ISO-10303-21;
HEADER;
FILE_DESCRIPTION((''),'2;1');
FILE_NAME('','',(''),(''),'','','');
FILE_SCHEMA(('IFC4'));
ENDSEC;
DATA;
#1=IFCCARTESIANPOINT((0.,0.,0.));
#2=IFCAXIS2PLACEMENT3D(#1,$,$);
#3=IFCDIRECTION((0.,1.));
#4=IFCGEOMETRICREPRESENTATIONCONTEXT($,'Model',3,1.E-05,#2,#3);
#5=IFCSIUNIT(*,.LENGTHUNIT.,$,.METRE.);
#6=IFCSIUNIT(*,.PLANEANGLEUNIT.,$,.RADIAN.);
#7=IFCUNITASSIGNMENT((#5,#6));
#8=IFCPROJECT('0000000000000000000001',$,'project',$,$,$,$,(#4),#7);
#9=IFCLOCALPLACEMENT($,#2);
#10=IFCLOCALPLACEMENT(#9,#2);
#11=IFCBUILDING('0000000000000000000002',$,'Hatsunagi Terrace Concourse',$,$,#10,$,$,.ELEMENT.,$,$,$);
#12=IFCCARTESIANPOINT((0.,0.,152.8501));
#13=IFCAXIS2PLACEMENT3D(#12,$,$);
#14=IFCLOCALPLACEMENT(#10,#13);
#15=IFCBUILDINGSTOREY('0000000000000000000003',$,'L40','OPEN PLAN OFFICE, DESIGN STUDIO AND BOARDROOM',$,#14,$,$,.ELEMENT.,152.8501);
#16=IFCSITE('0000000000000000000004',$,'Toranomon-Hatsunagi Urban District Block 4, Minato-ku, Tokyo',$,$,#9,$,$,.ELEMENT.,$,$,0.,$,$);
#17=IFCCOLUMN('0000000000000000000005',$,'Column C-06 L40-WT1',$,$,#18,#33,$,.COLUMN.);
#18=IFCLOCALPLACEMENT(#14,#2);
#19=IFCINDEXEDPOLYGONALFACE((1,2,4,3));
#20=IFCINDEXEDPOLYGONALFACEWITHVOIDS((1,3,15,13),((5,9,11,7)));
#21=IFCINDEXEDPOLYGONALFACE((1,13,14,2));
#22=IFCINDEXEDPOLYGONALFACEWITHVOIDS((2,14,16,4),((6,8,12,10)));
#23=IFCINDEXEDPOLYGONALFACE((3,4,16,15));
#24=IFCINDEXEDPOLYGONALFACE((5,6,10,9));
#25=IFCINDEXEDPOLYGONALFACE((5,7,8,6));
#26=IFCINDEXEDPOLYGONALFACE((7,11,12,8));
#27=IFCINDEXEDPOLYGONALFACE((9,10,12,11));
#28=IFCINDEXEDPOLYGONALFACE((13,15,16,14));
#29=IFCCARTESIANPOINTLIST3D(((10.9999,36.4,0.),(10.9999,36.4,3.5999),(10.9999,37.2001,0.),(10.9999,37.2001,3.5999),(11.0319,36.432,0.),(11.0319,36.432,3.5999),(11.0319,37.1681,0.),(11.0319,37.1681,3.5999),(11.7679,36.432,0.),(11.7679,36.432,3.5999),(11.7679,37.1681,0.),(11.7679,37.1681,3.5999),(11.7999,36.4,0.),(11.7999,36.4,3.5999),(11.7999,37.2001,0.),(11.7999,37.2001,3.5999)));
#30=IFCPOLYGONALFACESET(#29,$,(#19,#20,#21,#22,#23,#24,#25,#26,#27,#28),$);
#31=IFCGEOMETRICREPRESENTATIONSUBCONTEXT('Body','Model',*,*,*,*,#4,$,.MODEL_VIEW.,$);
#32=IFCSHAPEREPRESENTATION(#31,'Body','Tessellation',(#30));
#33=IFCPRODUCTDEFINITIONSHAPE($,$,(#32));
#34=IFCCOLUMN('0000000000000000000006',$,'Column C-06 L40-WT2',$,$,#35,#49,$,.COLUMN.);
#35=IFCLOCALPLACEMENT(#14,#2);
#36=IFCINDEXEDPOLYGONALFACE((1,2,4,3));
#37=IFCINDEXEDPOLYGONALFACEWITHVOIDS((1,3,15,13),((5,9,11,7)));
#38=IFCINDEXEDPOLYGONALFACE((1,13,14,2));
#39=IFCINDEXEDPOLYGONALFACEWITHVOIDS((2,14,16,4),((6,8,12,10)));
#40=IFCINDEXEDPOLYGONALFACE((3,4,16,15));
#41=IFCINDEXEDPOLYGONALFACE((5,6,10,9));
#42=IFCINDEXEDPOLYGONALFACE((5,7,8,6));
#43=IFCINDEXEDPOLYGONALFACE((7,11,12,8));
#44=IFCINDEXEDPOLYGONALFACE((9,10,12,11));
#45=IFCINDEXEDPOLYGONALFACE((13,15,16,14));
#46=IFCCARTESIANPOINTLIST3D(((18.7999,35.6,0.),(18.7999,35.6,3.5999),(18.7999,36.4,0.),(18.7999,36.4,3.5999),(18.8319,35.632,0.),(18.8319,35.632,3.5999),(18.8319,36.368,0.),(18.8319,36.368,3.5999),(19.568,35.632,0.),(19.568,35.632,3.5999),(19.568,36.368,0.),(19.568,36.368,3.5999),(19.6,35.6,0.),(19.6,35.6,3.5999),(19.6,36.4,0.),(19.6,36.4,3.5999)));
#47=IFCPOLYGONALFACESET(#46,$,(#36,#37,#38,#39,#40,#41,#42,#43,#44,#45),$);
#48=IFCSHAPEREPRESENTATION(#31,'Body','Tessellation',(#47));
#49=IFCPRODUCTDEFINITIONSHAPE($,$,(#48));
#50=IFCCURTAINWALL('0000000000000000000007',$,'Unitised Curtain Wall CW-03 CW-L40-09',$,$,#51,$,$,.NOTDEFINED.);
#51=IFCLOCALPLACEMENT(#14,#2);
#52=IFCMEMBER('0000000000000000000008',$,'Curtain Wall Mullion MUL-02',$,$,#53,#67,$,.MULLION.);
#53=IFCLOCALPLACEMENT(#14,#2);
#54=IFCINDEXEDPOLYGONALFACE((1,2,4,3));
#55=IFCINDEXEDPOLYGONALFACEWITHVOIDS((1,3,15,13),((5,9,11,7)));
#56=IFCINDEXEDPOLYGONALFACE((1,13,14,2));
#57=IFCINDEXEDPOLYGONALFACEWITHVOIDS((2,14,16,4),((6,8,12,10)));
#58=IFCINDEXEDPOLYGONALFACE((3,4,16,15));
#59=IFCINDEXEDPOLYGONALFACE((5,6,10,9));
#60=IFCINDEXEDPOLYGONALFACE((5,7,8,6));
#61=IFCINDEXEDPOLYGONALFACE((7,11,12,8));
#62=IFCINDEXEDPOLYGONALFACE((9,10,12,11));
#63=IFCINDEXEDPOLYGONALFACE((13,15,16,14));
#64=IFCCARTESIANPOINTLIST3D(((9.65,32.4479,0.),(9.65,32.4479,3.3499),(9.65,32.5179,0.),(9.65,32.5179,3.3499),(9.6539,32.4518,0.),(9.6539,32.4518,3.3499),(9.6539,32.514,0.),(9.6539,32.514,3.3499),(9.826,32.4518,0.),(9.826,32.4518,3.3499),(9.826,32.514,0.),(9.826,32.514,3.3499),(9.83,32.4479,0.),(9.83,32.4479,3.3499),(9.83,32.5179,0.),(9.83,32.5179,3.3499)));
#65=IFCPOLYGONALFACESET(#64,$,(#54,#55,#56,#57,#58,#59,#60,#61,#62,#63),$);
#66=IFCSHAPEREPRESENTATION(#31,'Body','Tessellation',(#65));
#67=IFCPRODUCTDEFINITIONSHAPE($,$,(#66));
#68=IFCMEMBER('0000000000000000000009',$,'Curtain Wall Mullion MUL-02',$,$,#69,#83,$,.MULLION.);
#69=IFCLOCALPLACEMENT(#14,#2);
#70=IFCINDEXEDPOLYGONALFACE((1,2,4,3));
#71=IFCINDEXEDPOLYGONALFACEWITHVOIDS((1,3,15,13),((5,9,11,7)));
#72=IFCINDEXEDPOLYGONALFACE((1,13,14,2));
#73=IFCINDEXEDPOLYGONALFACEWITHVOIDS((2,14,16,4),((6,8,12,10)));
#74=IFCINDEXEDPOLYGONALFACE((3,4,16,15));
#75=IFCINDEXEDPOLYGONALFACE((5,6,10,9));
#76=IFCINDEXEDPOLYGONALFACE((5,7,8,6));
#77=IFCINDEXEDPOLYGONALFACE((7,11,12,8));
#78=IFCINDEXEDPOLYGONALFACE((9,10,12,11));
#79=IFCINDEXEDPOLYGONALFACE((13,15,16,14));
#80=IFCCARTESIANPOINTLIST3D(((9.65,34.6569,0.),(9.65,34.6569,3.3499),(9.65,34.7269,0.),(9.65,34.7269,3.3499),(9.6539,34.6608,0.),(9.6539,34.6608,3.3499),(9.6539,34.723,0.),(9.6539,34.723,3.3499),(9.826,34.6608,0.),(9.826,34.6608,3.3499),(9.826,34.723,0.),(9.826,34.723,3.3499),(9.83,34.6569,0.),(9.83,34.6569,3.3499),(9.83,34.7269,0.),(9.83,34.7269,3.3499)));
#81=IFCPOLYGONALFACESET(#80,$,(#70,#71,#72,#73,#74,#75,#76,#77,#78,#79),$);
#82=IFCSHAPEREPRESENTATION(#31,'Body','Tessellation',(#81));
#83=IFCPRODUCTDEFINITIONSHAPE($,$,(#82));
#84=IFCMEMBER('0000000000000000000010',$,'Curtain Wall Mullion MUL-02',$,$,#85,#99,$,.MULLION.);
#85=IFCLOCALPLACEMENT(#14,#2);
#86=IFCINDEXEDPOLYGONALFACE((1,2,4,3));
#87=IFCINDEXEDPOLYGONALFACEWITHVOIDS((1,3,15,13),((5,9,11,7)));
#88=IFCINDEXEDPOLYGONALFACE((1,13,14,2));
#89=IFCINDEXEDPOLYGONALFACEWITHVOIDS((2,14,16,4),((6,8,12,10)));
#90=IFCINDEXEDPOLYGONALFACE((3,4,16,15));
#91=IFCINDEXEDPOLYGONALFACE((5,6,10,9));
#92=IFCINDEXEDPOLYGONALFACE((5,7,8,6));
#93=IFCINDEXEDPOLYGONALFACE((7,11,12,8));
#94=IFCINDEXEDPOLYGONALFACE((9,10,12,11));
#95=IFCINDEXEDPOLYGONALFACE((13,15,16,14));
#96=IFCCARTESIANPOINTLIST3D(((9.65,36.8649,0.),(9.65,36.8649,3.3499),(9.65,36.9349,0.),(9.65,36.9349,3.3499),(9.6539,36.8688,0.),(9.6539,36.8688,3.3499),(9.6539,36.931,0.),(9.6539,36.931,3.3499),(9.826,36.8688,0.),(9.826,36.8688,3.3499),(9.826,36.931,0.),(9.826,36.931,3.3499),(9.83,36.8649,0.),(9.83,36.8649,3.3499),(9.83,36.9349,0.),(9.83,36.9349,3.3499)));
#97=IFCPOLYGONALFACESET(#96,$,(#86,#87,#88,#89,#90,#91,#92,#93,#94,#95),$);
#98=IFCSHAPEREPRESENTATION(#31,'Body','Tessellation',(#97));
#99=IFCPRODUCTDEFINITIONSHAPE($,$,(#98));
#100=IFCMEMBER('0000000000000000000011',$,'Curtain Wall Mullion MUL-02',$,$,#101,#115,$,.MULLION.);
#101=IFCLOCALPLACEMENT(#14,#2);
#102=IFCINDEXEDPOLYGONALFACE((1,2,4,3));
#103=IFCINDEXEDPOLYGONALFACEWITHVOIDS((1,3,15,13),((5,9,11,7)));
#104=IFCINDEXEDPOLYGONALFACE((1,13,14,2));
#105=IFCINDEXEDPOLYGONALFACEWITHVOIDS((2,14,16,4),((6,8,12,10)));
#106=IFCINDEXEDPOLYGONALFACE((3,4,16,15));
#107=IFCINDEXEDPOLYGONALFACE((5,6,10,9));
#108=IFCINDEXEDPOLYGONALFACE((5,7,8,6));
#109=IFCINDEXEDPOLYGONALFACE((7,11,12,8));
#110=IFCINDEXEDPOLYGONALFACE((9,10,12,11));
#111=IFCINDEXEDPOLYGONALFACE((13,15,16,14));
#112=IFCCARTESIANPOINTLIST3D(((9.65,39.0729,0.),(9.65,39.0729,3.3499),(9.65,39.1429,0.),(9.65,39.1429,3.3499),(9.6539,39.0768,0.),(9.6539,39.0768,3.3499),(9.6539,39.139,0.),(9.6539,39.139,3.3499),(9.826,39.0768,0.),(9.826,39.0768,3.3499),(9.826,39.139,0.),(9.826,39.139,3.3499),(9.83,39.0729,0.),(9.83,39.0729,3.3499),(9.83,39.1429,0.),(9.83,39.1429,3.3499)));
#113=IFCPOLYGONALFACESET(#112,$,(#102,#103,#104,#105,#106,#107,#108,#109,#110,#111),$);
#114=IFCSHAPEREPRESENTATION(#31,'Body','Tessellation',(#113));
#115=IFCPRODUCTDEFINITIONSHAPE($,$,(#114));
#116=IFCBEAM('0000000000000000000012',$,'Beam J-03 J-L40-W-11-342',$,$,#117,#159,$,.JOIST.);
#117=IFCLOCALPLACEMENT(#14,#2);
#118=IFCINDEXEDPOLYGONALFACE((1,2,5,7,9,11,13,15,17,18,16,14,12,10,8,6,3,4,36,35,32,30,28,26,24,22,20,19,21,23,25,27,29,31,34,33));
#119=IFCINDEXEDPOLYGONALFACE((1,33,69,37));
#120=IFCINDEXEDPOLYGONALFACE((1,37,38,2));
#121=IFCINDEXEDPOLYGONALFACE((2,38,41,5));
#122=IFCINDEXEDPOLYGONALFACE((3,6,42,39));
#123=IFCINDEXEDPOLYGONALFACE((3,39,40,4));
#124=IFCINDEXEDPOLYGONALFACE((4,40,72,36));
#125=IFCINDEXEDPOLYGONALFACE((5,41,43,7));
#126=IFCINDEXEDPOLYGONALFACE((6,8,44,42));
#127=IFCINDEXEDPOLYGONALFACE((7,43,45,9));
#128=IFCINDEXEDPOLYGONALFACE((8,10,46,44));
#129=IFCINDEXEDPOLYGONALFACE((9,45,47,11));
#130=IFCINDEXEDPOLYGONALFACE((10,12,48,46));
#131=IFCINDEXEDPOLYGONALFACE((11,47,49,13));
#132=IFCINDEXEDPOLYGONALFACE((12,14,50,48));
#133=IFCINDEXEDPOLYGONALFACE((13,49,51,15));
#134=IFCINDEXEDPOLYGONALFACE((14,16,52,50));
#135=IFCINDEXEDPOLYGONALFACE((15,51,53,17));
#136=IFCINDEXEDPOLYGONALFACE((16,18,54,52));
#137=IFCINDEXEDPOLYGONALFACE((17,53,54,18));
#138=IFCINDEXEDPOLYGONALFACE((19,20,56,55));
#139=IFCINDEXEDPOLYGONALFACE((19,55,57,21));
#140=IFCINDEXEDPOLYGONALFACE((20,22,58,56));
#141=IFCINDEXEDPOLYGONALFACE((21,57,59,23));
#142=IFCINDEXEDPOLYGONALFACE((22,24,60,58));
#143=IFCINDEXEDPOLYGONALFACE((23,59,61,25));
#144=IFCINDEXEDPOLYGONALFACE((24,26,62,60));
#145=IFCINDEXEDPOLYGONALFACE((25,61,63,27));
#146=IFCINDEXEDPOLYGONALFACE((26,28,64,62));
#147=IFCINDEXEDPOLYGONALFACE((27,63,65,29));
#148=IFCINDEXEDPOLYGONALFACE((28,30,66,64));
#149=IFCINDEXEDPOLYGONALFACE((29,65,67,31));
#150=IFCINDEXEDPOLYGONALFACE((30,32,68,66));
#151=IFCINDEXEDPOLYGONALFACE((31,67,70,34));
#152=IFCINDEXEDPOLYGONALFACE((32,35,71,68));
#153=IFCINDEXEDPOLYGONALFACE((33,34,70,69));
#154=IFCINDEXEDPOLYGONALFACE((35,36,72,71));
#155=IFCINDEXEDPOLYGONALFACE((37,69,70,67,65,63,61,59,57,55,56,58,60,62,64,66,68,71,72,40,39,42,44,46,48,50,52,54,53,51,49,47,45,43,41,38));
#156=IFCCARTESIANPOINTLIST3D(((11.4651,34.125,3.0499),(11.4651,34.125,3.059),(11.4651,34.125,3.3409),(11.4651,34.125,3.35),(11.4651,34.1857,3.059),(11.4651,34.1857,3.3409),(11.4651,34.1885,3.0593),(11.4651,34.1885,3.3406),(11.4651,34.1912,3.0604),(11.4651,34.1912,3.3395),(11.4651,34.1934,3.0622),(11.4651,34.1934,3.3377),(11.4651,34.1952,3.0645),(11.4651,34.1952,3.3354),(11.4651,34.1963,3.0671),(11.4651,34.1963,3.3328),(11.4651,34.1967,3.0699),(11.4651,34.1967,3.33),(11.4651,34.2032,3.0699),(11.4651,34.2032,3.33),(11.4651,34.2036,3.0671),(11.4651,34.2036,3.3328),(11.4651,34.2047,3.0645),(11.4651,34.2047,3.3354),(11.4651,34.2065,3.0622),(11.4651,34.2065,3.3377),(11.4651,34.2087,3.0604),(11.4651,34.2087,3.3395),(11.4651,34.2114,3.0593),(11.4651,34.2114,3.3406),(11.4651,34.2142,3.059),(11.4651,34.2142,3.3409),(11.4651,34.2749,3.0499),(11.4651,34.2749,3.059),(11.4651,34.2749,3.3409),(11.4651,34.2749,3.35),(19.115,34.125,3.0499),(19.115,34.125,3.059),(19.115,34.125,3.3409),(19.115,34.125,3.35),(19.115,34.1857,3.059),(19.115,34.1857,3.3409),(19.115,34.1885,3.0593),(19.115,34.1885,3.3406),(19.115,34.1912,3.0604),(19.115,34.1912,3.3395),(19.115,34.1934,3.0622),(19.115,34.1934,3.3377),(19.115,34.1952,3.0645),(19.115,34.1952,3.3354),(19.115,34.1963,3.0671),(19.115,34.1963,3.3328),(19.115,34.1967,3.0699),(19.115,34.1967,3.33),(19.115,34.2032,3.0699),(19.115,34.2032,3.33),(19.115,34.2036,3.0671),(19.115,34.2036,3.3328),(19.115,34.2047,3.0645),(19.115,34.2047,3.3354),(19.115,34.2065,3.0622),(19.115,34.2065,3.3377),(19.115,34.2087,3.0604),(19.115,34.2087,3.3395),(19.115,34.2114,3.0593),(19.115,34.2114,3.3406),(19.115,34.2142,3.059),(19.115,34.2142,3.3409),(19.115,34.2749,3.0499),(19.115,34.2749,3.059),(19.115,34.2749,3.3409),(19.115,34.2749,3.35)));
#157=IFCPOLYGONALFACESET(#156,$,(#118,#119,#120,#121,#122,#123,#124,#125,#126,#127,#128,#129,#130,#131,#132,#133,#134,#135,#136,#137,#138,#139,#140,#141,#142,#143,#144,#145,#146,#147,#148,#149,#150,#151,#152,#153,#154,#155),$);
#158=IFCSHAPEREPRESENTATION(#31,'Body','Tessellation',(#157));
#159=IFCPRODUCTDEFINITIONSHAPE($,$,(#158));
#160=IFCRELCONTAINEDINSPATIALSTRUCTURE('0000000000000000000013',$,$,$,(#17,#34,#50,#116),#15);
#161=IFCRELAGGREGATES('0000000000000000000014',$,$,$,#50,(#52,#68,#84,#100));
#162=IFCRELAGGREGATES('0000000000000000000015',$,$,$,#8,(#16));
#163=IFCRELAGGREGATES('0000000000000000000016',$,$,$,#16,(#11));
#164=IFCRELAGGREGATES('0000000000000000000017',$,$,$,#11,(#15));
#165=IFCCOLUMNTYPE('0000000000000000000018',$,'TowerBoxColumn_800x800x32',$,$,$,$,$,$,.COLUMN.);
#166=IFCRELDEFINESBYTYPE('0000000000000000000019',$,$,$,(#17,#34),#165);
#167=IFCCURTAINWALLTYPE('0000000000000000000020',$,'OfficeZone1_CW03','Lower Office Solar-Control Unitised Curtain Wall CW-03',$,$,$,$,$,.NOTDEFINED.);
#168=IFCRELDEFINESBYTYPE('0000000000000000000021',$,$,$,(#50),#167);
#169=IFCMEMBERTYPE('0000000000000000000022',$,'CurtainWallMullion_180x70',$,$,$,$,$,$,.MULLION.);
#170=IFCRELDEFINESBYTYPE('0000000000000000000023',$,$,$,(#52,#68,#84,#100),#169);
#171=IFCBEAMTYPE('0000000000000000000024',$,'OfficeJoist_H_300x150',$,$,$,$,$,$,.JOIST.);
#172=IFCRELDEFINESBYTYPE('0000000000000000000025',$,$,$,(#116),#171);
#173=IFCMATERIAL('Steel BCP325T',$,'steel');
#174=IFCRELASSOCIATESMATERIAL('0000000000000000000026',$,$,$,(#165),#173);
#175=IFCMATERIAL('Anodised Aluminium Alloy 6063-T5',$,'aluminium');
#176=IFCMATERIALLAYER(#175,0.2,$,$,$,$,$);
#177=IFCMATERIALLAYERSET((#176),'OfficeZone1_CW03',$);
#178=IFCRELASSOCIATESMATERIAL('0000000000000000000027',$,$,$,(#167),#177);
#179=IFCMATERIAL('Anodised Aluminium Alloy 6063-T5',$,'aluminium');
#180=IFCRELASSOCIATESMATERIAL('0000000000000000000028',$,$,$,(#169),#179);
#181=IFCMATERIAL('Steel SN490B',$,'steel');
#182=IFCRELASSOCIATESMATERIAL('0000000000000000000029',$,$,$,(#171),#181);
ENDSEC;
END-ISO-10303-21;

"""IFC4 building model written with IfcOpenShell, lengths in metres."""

from ifc_helpers import new_model, si_unit, direction, frame, origin, origin_2d, place, context, subcontext, project, spatial, hollow_rectangle, i_section, extrude, material, layer, layer_set, material_profile, profile_set, type_object, element, aggregate, save


model = new_model("IFC4")

# Units and contexts
model_context = context("Model", 3, precision=1e-05, world=origin(), true_north=direction((0.0, 1.0)))
body_context = subcontext(model_context, "Body", "Model", "MODEL_VIEW")
ifc_project = project(units=[si_unit("LENGTHUNIT", "METRE"), si_unit("PLANEANGLEUNIT", "RADIAN")], contexts=[model_context])

# Site, building, storey
site_placement = place(None, origin())
site = spatial("IfcSite", under=ifc_project, at=site_placement, Name="Toranomon-Hatsunagi Urban District Block 4, Minato-ku, Tokyo", CompositionType="ELEMENT", RefElevation=0.0)
building_placement = place(site_placement, origin())
building = spatial("IfcBuilding", under=site, at=building_placement, Name="Hatsunagi Terrace Concourse", CompositionType="ELEMENT")
storey_placement = place(building_placement, frame((0.0, 0.0, 152.8501)))
storey = spatial("IfcBuildingStorey", under=building, at=storey_placement, Name="L40", Description="OPEN PLAN OFFICE, DESIGN STUDIO AND BOARDROOM", CompositionType="ELEMENT", Elevation=152.8501)

# Columns
ifc_material_1 = material(Name="Steel BCP325T", Category="steel")
ifc_material_profile_1 = material_profile(ifc_material_1, hollow_rectangle(XDim=0.8, YDim=0.8, WallThickness=0.032, at=origin_2d()), Name="BCP-800x800x32")
ifc_profile_set_1 = profile_set([ifc_material_profile_1], Name="Steel BCP325T")
column_type = type_object("IfcColumnType", Name="TowerBoxColumn_800x800x32", PredefinedType="COLUMN", material=ifc_profile_set_1)
for number, where, z_axis, x_axis, name in (
    (1, (11.3999, 36.8, 0.0), (0.0, 0.0, 1.0), (1.0, 0.0, 0.0), "Column C-06 L40-WT1"),
    (2, (19.2, 36.0, 0.0), (0.0, 0.0, 1.0), (1.0, 0.0, 0.0), "Column C-06 L40-WT2"),
):
    element("IfcColumn", number, at=place(storey_placement, frame(where, z_axis=z_axis, x_axis=x_axis)), inside=storey, type_object=column_type, Name=name, PredefinedType="COLUMN", context=body_context, shape_type="SweptSolid", body=[
        extrude(hollow_rectangle(XDim=0.8, YDim=0.8, WallThickness=0.032, at=origin_2d()), origin(), (0.0, 0.0, 1.0), 3.5999),
    ])

# Curtain wall, members
ifc_material_2 = material(Name="Anodised Aluminium Alloy 6063-T5", Category="aluminium")
ifc_layer_1 = layer(ifc_material_2, 0.2)
ifc_layer_set_1 = layer_set([ifc_layer_1], Name="OfficeZone1_CW03")
curtain_wall_type = type_object("IfcCurtainWallType", Name="OfficeZone1_CW03", Description="Lower Office Solar-Control Unitised Curtain Wall CW-03", PredefinedType="NOTDEFINED", material=ifc_layer_set_1)
curtain_wall_placement = place(storey_placement, origin())
curtain_wall = element("IfcCurtainWall", 3, at=curtain_wall_placement, inside=storey, type_object=curtain_wall_type, Name="Unitised Curtain Wall CW-03 CW-L40-09", PredefinedType="NOTDEFINED")
ifc_material_3 = material(Name="Anodised Aluminium Alloy 6063-T5", Category="aluminium")
ifc_material_profile_2 = material_profile(ifc_material_3, hollow_rectangle(XDim=0.0701, YDim=0.1799, WallThickness=0.0039, at=origin_2d()), Name="ALU-MUL-180x70x4")
ifc_profile_set_2 = profile_set([ifc_material_profile_2], Name="Anodised Aluminium Alloy 6063-T5")
member_type = type_object("IfcMemberType", Name="CurtainWallMullion_180x70", PredefinedType="MULLION", material=ifc_profile_set_2)
member_1_placement = place(storey_placement, frame((9.74, 32.4829, 0.0), z_axis=(0.0, 0.0, 1.0), x_axis=(0.0, 1.0, 0.0)))
member_1 = element("IfcMember", 4, at=member_1_placement, type_object=member_type, Name="Curtain Wall Mullion MUL-02", PredefinedType="MULLION", context=body_context, shape_type="SweptSolid", body=[
    extrude(hollow_rectangle(XDim=0.0701, YDim=0.1799, WallThickness=0.0039, at=origin_2d()), origin(), (0.0, 0.0, 1.0), 3.3499),
])
member_2_placement = place(storey_placement, frame((9.74, 34.6919, 0.0), z_axis=(0.0, 0.0, 1.0), x_axis=(0.0, 1.0, 0.0)))
member_2 = element("IfcMember", 5, at=member_2_placement, type_object=member_type, Name="Curtain Wall Mullion MUL-02", PredefinedType="MULLION", context=body_context, shape_type="SweptSolid", body=[
    extrude(hollow_rectangle(XDim=0.0701, YDim=0.1799, WallThickness=0.0039, at=origin_2d()), origin(), (0.0, 0.0, 1.0), 3.3499),
])
member_3_placement = place(storey_placement, frame((9.74, 36.8999, 0.0), z_axis=(0.0, 0.0, 1.0), x_axis=(0.0, 1.0, 0.0)))
member_3 = element("IfcMember", 6, at=member_3_placement, type_object=member_type, Name="Curtain Wall Mullion MUL-02", PredefinedType="MULLION", context=body_context, shape_type="SweptSolid", body=[
    extrude(hollow_rectangle(XDim=0.0701, YDim=0.1799, WallThickness=0.0039, at=origin_2d()), origin(), (0.0, 0.0, 1.0), 3.3499),
])
member_4_placement = place(storey_placement, frame((9.74, 39.1079, 0.0), z_axis=(0.0, 0.0, 1.0), x_axis=(0.0, 1.0, 0.0)))
member_4 = element("IfcMember", 7, at=member_4_placement, type_object=member_type, Name="Curtain Wall Mullion MUL-02", PredefinedType="MULLION", context=body_context, shape_type="SweptSolid", body=[
    extrude(hollow_rectangle(XDim=0.0701, YDim=0.1799, WallThickness=0.0039, at=origin_2d()), origin(), (0.0, 0.0, 1.0), 3.3499),
])

# Beam
ifc_material_4 = material(Name="Steel SN490B", Category="steel")
ifc_material_profile_3 = material_profile(ifc_material_4, i_section(OverallWidth=0.1499, OverallDepth=0.3, WebThickness=0.0066, FlangeThickness=0.009, FilletRadius=0.011, at=origin_2d()), Name="H-300x150x6.5x9")
ifc_profile_set_3 = profile_set([ifc_material_profile_3], Name="Steel SN490B")
beam_type_1 = type_object("IfcBeamType", Name="OfficeJoist_H_300x150", PredefinedType="JOIST", material=ifc_profile_set_3)
for number, where, z_axis, x_axis, name in (
    (8, (11.4651, 34.2, 3.2), (1.0, 0.0, 0.0), (0.0, 1.0, 0.0), "Beam J-03 J-L40-W-11-342"),
):
    element("IfcBeam", number, at=place(storey_placement, frame(where, z_axis=z_axis, x_axis=x_axis)), inside=storey, type_object=beam_type_1, Name=name, PredefinedType="JOIST", context=body_context, shape_type="SweptSolid", body=[
        extrude(i_section(OverallWidth=0.1499, OverallDepth=0.3, WebThickness=0.0066, FlangeThickness=0.009, FilletRadius=0.011, at=origin_2d()), origin(), (0.0, 0.0, 1.0), 7.6499),
    ])

aggregate(curtain_wall, [member_1, member_2, member_3, member_4])

save(model, "model.ifc")
